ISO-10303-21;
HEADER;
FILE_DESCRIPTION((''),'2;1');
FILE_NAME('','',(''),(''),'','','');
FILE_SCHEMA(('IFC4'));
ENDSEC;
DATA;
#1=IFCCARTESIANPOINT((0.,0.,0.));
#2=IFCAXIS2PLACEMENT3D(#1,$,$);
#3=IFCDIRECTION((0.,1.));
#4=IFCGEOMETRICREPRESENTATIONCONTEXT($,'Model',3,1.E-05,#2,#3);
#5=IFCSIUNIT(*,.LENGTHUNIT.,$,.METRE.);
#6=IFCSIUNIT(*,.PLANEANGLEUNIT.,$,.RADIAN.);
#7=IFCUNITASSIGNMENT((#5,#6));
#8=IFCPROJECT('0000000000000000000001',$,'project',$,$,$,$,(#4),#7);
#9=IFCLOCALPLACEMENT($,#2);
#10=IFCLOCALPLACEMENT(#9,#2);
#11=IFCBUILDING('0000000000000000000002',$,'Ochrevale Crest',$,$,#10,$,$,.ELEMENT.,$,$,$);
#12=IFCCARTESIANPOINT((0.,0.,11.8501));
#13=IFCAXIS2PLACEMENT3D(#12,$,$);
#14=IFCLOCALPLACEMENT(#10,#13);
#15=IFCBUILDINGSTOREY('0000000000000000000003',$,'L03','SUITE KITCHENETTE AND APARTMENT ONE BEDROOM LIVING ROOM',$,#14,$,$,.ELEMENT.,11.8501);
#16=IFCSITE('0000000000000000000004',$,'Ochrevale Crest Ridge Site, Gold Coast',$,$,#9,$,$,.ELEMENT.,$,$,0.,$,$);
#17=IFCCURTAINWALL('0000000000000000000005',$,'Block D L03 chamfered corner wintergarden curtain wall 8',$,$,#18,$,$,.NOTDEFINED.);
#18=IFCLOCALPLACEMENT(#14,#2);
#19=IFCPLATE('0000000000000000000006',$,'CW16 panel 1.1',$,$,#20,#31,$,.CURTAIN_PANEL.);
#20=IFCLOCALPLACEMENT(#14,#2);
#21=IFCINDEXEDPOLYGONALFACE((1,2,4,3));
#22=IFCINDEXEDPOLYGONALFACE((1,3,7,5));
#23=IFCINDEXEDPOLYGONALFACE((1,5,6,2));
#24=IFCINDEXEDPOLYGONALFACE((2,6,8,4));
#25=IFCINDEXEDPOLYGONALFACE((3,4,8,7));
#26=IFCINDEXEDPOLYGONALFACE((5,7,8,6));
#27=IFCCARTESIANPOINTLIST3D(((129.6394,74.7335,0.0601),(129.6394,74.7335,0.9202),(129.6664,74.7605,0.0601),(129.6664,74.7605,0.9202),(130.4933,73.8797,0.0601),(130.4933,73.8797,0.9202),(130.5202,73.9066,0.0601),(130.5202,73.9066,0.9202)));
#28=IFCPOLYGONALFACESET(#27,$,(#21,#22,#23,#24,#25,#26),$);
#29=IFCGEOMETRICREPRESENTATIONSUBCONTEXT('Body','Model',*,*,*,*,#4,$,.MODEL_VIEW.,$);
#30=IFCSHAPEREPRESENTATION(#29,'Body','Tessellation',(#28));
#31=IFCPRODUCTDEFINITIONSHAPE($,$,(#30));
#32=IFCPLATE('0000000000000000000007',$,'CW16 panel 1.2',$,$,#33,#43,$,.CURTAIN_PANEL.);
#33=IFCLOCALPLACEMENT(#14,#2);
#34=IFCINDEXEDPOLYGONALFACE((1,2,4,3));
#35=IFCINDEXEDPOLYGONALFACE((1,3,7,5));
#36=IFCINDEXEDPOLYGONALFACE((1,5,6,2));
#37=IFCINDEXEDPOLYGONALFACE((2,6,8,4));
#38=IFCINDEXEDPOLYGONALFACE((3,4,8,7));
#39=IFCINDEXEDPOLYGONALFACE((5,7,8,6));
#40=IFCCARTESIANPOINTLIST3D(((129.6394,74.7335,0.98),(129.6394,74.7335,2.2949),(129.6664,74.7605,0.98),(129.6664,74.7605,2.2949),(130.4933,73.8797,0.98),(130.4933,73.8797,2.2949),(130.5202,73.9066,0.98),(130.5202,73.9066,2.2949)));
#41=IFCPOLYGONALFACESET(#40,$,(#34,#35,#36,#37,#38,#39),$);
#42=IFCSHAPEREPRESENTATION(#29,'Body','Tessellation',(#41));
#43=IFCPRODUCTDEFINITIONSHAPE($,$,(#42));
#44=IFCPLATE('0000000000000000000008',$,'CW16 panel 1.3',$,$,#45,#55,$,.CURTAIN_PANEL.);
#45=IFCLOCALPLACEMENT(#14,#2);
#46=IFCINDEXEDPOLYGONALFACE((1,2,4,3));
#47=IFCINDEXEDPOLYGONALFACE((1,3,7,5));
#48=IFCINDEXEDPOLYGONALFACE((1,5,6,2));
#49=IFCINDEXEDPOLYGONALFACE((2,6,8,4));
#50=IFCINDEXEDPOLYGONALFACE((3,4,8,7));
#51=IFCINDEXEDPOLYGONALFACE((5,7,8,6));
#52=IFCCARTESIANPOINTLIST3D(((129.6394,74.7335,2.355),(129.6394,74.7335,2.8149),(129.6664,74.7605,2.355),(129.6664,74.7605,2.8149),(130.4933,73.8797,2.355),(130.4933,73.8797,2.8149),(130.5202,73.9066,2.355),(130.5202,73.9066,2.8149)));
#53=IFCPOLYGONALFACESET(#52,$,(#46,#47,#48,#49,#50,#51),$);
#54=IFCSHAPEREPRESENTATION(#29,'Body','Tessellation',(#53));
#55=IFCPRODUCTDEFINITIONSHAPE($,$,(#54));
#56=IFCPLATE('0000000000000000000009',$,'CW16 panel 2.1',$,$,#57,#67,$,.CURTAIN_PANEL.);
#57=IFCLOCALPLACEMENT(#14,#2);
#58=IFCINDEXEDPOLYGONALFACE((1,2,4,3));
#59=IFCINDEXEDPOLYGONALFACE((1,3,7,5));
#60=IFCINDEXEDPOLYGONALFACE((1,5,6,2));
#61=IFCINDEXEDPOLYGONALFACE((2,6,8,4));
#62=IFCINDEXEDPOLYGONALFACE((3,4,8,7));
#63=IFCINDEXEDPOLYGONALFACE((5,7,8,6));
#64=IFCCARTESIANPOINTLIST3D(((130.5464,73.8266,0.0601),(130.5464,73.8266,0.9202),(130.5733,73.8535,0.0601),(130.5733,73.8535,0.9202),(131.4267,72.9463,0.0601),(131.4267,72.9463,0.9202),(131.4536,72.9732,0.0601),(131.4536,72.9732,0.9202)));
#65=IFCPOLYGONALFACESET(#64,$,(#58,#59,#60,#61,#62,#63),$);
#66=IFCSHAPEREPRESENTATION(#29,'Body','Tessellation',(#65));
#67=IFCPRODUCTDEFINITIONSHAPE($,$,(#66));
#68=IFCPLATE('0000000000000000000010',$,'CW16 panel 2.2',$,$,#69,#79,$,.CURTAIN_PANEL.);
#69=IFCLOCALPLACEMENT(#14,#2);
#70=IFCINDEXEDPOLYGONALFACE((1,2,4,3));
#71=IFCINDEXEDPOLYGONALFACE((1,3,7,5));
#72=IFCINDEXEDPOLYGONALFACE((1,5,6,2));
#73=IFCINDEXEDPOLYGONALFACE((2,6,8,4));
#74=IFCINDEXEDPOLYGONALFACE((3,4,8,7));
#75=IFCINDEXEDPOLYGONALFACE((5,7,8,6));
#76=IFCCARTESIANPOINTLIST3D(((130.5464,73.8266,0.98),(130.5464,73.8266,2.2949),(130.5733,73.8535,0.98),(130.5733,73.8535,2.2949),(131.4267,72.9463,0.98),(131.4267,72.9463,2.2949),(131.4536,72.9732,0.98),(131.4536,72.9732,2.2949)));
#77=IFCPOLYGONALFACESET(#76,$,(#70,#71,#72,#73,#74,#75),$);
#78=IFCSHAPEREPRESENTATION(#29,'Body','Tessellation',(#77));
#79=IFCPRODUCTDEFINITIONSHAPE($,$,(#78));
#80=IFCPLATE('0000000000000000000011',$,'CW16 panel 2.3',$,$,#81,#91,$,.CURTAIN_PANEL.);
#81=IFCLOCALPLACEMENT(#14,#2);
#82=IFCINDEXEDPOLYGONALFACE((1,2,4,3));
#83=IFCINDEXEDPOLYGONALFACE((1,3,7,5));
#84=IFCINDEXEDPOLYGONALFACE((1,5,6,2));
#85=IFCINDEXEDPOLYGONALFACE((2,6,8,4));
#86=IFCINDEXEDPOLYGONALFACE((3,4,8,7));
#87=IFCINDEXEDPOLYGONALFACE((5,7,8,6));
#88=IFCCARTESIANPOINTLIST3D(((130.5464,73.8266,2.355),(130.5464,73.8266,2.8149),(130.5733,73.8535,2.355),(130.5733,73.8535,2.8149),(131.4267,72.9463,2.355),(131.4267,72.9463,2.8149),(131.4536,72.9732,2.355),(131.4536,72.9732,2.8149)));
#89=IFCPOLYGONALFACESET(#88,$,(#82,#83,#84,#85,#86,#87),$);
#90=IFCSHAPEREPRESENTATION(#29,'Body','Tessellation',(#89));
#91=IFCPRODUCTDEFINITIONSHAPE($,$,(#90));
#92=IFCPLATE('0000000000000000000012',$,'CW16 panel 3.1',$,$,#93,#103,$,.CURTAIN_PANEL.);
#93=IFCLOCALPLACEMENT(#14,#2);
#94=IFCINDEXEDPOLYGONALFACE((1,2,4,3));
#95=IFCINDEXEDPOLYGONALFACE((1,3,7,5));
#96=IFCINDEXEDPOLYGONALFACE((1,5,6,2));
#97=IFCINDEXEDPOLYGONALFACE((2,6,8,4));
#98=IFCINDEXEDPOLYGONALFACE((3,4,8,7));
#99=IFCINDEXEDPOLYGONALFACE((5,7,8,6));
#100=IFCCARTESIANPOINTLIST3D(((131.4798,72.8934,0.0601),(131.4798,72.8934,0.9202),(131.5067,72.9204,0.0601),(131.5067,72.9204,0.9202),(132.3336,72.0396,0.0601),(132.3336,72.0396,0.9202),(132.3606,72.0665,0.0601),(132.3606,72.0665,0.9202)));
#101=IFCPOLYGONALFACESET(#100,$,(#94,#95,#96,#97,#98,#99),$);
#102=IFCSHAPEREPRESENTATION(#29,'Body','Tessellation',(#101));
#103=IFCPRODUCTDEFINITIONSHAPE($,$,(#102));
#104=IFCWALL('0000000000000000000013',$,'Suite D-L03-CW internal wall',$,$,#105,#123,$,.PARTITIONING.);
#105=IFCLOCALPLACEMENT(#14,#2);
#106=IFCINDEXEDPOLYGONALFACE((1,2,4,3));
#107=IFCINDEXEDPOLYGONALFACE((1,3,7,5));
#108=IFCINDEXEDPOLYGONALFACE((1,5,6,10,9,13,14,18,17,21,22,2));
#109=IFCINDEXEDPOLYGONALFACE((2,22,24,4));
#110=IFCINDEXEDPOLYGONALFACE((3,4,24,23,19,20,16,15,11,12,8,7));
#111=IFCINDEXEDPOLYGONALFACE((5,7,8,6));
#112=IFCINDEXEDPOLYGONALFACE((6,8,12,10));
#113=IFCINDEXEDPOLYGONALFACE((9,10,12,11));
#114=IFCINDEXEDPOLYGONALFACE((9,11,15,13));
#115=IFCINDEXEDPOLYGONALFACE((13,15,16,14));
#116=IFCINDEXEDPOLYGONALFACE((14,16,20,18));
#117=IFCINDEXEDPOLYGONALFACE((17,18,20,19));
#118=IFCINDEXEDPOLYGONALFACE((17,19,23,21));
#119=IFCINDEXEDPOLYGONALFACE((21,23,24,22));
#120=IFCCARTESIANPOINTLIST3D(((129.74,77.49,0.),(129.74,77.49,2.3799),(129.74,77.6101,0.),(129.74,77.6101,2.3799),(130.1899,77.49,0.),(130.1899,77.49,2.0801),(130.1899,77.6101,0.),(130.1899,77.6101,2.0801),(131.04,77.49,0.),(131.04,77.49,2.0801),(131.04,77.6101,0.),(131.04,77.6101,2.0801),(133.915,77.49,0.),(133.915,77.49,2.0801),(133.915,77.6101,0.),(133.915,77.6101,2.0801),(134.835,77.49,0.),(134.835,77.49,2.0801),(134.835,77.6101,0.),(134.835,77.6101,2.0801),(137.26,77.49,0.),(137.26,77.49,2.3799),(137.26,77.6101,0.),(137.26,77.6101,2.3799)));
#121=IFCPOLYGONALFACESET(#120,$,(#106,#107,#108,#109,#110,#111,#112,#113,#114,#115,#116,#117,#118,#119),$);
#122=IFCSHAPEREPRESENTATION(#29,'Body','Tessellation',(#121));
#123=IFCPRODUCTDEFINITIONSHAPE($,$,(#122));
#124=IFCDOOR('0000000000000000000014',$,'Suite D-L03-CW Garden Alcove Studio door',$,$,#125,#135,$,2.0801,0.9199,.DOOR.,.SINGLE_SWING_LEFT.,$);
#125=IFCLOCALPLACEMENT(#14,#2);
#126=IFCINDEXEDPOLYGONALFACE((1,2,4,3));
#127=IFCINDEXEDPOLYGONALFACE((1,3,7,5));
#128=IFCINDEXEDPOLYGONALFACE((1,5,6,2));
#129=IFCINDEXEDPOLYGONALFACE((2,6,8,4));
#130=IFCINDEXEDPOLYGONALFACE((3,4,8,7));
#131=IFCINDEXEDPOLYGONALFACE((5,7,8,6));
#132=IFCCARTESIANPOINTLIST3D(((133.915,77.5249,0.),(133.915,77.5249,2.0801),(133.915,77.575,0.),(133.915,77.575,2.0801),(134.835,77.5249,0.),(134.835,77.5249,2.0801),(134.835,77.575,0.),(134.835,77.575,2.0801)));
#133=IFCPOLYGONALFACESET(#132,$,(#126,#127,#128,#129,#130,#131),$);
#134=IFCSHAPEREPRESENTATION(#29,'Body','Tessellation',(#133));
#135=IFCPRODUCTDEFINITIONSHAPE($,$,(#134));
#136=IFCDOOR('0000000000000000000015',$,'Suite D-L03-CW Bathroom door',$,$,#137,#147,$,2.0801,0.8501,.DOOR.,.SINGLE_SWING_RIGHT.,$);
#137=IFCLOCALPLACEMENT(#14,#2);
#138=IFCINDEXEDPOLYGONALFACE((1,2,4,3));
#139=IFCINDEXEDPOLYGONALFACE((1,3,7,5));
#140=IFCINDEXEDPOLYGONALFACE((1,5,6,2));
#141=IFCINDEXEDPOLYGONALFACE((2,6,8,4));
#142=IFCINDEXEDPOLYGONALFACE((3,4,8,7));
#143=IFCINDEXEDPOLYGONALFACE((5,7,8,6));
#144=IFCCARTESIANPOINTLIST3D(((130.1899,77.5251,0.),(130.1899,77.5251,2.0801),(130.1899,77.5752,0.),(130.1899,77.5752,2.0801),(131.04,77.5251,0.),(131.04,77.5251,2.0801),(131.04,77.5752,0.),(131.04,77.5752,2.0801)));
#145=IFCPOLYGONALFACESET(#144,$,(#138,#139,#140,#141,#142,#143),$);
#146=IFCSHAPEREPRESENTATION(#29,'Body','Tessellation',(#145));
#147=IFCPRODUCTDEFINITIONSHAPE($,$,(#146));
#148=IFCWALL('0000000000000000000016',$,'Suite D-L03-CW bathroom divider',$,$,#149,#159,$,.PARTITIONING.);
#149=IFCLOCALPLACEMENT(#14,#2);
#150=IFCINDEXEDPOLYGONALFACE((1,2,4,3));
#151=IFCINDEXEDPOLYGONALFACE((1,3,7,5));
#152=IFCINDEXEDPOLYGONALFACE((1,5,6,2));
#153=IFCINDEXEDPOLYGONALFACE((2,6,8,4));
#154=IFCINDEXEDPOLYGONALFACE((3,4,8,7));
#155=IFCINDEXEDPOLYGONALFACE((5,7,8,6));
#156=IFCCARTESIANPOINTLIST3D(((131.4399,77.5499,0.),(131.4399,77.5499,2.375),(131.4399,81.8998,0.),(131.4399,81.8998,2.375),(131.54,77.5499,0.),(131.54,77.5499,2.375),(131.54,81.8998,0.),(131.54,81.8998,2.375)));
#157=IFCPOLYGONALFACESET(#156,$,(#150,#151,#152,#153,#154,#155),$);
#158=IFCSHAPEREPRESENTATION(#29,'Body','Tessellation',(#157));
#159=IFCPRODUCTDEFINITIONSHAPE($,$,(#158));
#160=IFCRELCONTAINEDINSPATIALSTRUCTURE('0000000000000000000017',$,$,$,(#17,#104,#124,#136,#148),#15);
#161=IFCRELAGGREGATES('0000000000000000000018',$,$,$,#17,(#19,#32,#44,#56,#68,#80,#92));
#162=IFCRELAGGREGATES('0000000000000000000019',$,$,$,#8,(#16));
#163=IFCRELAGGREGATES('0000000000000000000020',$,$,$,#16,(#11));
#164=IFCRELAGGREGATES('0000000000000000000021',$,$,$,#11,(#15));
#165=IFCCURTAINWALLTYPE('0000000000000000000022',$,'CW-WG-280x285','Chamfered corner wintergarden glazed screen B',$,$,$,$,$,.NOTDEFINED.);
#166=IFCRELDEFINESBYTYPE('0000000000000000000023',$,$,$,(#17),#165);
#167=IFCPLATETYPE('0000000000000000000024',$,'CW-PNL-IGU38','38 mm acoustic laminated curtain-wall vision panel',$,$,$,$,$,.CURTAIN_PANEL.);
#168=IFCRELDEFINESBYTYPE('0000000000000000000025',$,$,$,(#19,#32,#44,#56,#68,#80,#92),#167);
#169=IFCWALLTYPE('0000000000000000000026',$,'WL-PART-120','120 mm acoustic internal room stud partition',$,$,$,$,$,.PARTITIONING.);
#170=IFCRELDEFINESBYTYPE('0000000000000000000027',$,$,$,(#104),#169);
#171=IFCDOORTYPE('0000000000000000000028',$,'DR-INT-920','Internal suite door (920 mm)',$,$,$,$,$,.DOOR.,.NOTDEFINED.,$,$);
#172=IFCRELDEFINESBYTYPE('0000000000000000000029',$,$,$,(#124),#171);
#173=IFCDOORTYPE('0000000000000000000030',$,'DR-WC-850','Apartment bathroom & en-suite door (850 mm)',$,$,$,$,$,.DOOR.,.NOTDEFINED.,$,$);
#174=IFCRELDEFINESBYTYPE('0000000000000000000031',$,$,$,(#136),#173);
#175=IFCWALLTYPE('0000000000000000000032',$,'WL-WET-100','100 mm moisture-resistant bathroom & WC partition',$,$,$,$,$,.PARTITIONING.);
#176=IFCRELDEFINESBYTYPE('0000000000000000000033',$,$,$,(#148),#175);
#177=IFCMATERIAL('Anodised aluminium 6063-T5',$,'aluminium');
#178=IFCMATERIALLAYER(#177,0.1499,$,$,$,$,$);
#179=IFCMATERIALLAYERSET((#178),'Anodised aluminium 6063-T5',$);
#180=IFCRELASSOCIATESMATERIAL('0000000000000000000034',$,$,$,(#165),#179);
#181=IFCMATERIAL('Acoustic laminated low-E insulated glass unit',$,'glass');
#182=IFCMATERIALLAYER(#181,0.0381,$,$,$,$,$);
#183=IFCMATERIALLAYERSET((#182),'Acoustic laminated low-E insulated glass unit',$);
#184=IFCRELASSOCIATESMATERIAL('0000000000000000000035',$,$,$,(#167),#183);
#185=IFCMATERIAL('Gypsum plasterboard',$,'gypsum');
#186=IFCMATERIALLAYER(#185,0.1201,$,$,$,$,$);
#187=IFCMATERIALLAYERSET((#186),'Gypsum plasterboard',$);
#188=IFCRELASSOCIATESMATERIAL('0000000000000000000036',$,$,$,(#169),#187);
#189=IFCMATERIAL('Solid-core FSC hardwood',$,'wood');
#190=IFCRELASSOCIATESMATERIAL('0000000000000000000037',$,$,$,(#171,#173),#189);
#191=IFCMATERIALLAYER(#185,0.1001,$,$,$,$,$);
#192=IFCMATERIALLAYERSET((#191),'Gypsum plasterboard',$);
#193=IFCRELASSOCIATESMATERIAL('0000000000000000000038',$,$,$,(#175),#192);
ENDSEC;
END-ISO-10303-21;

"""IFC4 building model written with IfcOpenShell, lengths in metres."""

from ifc_helpers import new_model, si_unit, direction, frame, frame_2d, origin, origin_2d, place, context, subcontext, project, spatial, rectangle, extrude, material, layer, layer_set, type_object, element, fill, aggregate, save


model = new_model("IFC4")

# Units and contexts
model_context = context("Model", 3, precision=1e-05, world=origin(), true_north=direction((0.0, 1.0)))
body_context = subcontext(model_context, "Body", "Model", "MODEL_VIEW")
ifc_project = project(units=[si_unit("LENGTHUNIT", "METRE"), si_unit("PLANEANGLEUNIT", "RADIAN")], contexts=[model_context])

# Site, building, storey
site_placement = place(None, origin())
site = spatial("IfcSite", under=ifc_project, at=site_placement, Name="Ochrevale Crest Ridge Site, Gold Coast", CompositionType="ELEMENT", RefElevation=0.0)
building_placement = place(site_placement, origin())
building = spatial("IfcBuilding", under=site, at=building_placement, Name="Ochrevale Crest", CompositionType="ELEMENT")
storey_placement = place(building_placement, frame((0.0, 0.0, 11.8501)))
storey = spatial("IfcBuildingStorey", under=building, at=storey_placement, Name="L03", Description="SUITE KITCHENETTE AND APARTMENT ONE BEDROOM LIVING ROOM", CompositionType="ELEMENT", Elevation=11.8501)

# Curtain wall, plates
ifc_material_1 = material(Name="Anodised aluminium 6063-T5", Category="aluminium")
ifc_layer_1 = layer(ifc_material_1, 0.1499)
ifc_layer_set_1 = layer_set([ifc_layer_1], Name="Anodised aluminium 6063-T5")
curtain_wall_type = type_object("IfcCurtainWallType", Name="CW-WG-280x285", Description="Chamfered corner wintergarden glazed screen B", PredefinedType="NOTDEFINED", material=ifc_layer_set_1)
curtain_wall_placement = place(storey_placement, origin())
curtain_wall = element("IfcCurtainWall", 1, at=curtain_wall_placement, inside=storey, type_object=curtain_wall_type, Name="Block D L03 chamfered corner wintergarden curtain wall 8", PredefinedType="NOTDEFINED")
ifc_material_2 = material(Name="Acoustic laminated low-E insulated glass unit", Category="glass")
ifc_layer_2 = layer(ifc_material_2, 0.0381)
ifc_layer_set_2 = layer_set([ifc_layer_2], Name="Acoustic laminated low-E insulated glass unit")
plate_type = type_object("IfcPlateType", Name="CW-PNL-IGU38", Description="38 mm acoustic laminated curtain-wall vision panel", PredefinedType="CURTAIN_PANEL", material=ifc_layer_set_2)
plate_1_placement = place(storey_placement, frame((130.0798, 74.3201, 0.0601), z_axis=(0.0, 0.0, 1.0), x_axis=(0.707107, -0.707107, 0.0)))
plate_1 = element("IfcPlate", 2, at=plate_1_placement, type_object=plate_type, Name="CW16 panel 1.1", PredefinedType="CURTAIN_PANEL", context=body_context, shape_type="SweptSolid", body=[
    extrude(rectangle(XDim=1.2075, YDim=0.0381, at=origin_2d()), origin(), (0.0, 0.0, 1.0), 0.8601),
])
plate_2_placement = place(storey_placement, frame((130.0798, 74.3201, 0.98), z_axis=(0.0, 0.0, 1.0), x_axis=(0.707107, -0.707107, 0.0)))
plate_2 = element("IfcPlate", 3, at=plate_2_placement, type_object=plate_type, Name="CW16 panel 1.2", PredefinedType="CURTAIN_PANEL", context=body_context, shape_type="SweptSolid", body=[
    extrude(rectangle(XDim=1.2075, YDim=0.0381, at=origin_2d()), origin(), (0.0, 0.0, 1.0), 1.3149),
])
plate_3_placement = place(storey_placement, frame((130.0798, 74.3201, 2.355), z_axis=(0.0, 0.0, 1.0), x_axis=(0.707107, -0.707107, 0.0)))
plate_3 = element("IfcPlate", 4, at=plate_3_placement, type_object=plate_type, Name="CW16 panel 1.3", PredefinedType="CURTAIN_PANEL", context=body_context, shape_type="SweptSolid", body=[
    extrude(rectangle(XDim=1.2075, YDim=0.0381, at=origin_2d()), origin(), (0.0, 0.0, 1.0), 0.46),
])
plate_4_placement = place(storey_placement, frame((131.0, 73.3999, 0.0601), z_axis=(0.0, 0.0, 1.0), x_axis=(0.707107, -0.707107, 0.0)))
plate_4 = element("IfcPlate", 5, at=plate_4_placement, type_object=plate_type, Name="CW16 panel 2.1", PredefinedType="CURTAIN_PANEL", context=body_context, shape_type="SweptSolid", body=[
    extrude(rectangle(XDim=1.2449, YDim=0.0381, at=origin_2d()), origin(), (0.0, 0.0, 1.0), 0.8601),
])
plate_5_placement = place(storey_placement, frame((131.0, 73.3999, 0.98), z_axis=(0.0, 0.0, 1.0), x_axis=(0.707107, -0.707107, 0.0)))
plate_5 = element("IfcPlate", 6, at=plate_5_placement, type_object=plate_type, Name="CW16 panel 2.2", PredefinedType="CURTAIN_PANEL", context=body_context, shape_type="SweptSolid", body=[
    extrude(rectangle(XDim=1.2449, YDim=0.0381, at=origin_2d()), origin(), (0.0, 0.0, 1.0), 1.3149),
])
plate_6_placement = place(storey_placement, frame((131.0, 73.3999, 2.355), z_axis=(0.0, 0.0, 1.0), x_axis=(0.707107, -0.707107, 0.0)))
plate_6 = element("IfcPlate", 7, at=plate_6_placement, type_object=plate_type, Name="CW16 panel 2.3", PredefinedType="CURTAIN_PANEL", context=body_context, shape_type="SweptSolid", body=[
    extrude(rectangle(XDim=1.2449, YDim=0.0381, at=origin_2d()), origin(), (0.0, 0.0, 1.0), 0.46),
])
plate_7_placement = place(storey_placement, frame((131.9202, 72.48, 0.0601), z_axis=(0.0, 0.0, 1.0), x_axis=(0.707107, -0.707107, 0.0)))
plate_7 = element("IfcPlate", 8, at=plate_7_placement, type_object=plate_type, Name="CW16 panel 3.1", PredefinedType="CURTAIN_PANEL", context=body_context, shape_type="SweptSolid", body=[
    extrude(rectangle(XDim=1.2075, YDim=0.0381, at=origin_2d()), origin(), (0.0, 0.0, 1.0), 0.8601),
])
aggregate(curtain_wall, [plate_1, plate_2, plate_3, plate_4, plate_5, plate_6, plate_7])

# Wall, openings, doors
ifc_material_3 = material(Name="Gypsum plasterboard", Category="gypsum")
ifc_layer_3 = layer(ifc_material_3, 0.1201)
ifc_layer_set_3 = layer_set([ifc_layer_3], Name="Gypsum plasterboard")
wall_type_1 = type_object("IfcWallType", Name="WL-PART-120", Description="120 mm acoustic internal room stud partition", PredefinedType="PARTITIONING", material=ifc_layer_set_3)
wall_1_placement = place(storey_placement, frame((129.74, 77.55, 0.0), z_axis=(0.0, 0.0, 1.0), x_axis=(1.0, 0.0, 0.0)))
wall_1 = element("IfcWall", 9, at=wall_1_placement, inside=storey, type_object=wall_type_1, Name="Suite D-L03-CW internal wall", PredefinedType="PARTITIONING", context=body_context, shape_type="SweptSolid", body=[
    extrude(rectangle(XDim=7.52, YDim=0.1201, at=frame_2d((3.76, 0.0))), origin(), (0.0, 0.0, 1.0), 2.3799),
])
opening_1_placement = place(wall_1_placement, frame((1.3, 0.0, 0.0), z_axis=(0.0, 0.0, 1.0), x_axis=(-1.0, 0.0, 0.0)))
opening_1 = element("IfcOpeningElement", 10, at=opening_1_placement, cuts=wall_1, PredefinedType="OPENING", context=body_context, shape_type="SweptSolid", body=[
    extrude(rectangle(XDim=0.8501, YDim=2.0801, at=frame_2d((0.425, 1.04))), frame((0.0, 0.0701, 0.0), z_axis=(0.0, -1.0, 0.0), x_axis=(1.0, 0.0, 0.0)), (0.0, 0.0, 1.0), 0.1401),
])
opening_2_placement = place(wall_1_placement, frame((4.175, 0.0, 0.0)))
opening_2 = element("IfcOpeningElement", 11, at=opening_2_placement, cuts=wall_1, PredefinedType="OPENING", context=body_context, shape_type="SweptSolid", body=[
    extrude(rectangle(XDim=0.9199, YDim=2.0801, at=frame_2d((0.46, 1.04))), frame((0.0, 0.0701, 0.0), z_axis=(0.0, -1.0, 0.0), x_axis=(1.0, 0.0, 0.0)), (0.0, 0.0, 1.0), 0.1401),
])
ifc_material_4 = material(Name="Solid-core FSC hardwood", Category="wood")
door_type_1 = type_object("IfcDoorType", Name="DR-INT-920", Description="Internal suite door (920 mm)", OperationType="NOTDEFINED", PredefinedType="DOOR", material=ifc_material_4)
door_1_placement = place(opening_2_placement, origin())
door_1 = element("IfcDoor", 12, at=door_1_placement, inside=storey, type_object=door_type_1, Name="Suite D-L03-CW Garden Alcove Studio door", OperationType="SINGLE_SWING_LEFT", OverallHeight=2.0801, OverallWidth=0.9199, PredefinedType="DOOR", context=body_context, shape_type="SweptSolid", body=[
    extrude(rectangle(XDim=0.9199, YDim=2.0801, at=frame_2d((0.46, 1.04))), frame((0.0, 0.0249, 0.0), z_axis=(0.0, -1.0, 0.0), x_axis=(1.0, 0.0, 0.0)), (0.0, 0.0, 1.0), 0.05),
])
fill(opening_2, door_1)
door_type_2 = type_object("IfcDoorType", Name="DR-WC-850", Description="Apartment bathroom & en-suite door (850 mm)", OperationType="NOTDEFINED", PredefinedType="DOOR", material=ifc_material_4)
door_2_placement = place(opening_1_placement, origin())
door_2 = element("IfcDoor", 13, at=door_2_placement, inside=storey, type_object=door_type_2, Name="Suite D-L03-CW Bathroom door", OperationType="SINGLE_SWING_RIGHT", OverallHeight=2.0801, OverallWidth=0.8501, PredefinedType="DOOR", context=body_context, shape_type="SweptSolid", body=[
    extrude(rectangle(XDim=0.8501, YDim=2.0801, at=frame_2d((0.425, 1.04))), frame((0.0, 0.0249, 0.0), z_axis=(0.0, -1.0, 0.0), x_axis=(1.0, 0.0, 0.0)), (0.0, 0.0, 1.0), 0.05),
])
fill(opening_1, door_2)

# Wall
ifc_layer_4 = layer(ifc_material_3, 0.1001)
ifc_layer_set_4 = layer_set([ifc_layer_4], Name="Gypsum plasterboard")
wall_type_2 = type_object("IfcWallType", Name="WL-WET-100", Description="100 mm moisture-resistant bathroom & WC partition", PredefinedType="PARTITIONING", material=ifc_layer_set_4)
wall_2_placement = place(storey_placement, frame((131.49, 77.55, 0.0), z_axis=(0.0, 0.0, 1.0), x_axis=(0.0, 1.0, 0.0)))
element("IfcWall", 14, at=wall_2_placement, inside=storey, type_object=wall_type_2, Name="Suite D-L03-CW bathroom divider", PredefinedType="PARTITIONING", context=body_context, shape_type="SweptSolid", body=[
    extrude(rectangle(XDim=4.3499, YDim=0.1001, at=frame_2d((2.1748, 0.0))), origin(), (0.0, 0.0, 1.0), 2.375),
])

save(model, "model.ifc")
